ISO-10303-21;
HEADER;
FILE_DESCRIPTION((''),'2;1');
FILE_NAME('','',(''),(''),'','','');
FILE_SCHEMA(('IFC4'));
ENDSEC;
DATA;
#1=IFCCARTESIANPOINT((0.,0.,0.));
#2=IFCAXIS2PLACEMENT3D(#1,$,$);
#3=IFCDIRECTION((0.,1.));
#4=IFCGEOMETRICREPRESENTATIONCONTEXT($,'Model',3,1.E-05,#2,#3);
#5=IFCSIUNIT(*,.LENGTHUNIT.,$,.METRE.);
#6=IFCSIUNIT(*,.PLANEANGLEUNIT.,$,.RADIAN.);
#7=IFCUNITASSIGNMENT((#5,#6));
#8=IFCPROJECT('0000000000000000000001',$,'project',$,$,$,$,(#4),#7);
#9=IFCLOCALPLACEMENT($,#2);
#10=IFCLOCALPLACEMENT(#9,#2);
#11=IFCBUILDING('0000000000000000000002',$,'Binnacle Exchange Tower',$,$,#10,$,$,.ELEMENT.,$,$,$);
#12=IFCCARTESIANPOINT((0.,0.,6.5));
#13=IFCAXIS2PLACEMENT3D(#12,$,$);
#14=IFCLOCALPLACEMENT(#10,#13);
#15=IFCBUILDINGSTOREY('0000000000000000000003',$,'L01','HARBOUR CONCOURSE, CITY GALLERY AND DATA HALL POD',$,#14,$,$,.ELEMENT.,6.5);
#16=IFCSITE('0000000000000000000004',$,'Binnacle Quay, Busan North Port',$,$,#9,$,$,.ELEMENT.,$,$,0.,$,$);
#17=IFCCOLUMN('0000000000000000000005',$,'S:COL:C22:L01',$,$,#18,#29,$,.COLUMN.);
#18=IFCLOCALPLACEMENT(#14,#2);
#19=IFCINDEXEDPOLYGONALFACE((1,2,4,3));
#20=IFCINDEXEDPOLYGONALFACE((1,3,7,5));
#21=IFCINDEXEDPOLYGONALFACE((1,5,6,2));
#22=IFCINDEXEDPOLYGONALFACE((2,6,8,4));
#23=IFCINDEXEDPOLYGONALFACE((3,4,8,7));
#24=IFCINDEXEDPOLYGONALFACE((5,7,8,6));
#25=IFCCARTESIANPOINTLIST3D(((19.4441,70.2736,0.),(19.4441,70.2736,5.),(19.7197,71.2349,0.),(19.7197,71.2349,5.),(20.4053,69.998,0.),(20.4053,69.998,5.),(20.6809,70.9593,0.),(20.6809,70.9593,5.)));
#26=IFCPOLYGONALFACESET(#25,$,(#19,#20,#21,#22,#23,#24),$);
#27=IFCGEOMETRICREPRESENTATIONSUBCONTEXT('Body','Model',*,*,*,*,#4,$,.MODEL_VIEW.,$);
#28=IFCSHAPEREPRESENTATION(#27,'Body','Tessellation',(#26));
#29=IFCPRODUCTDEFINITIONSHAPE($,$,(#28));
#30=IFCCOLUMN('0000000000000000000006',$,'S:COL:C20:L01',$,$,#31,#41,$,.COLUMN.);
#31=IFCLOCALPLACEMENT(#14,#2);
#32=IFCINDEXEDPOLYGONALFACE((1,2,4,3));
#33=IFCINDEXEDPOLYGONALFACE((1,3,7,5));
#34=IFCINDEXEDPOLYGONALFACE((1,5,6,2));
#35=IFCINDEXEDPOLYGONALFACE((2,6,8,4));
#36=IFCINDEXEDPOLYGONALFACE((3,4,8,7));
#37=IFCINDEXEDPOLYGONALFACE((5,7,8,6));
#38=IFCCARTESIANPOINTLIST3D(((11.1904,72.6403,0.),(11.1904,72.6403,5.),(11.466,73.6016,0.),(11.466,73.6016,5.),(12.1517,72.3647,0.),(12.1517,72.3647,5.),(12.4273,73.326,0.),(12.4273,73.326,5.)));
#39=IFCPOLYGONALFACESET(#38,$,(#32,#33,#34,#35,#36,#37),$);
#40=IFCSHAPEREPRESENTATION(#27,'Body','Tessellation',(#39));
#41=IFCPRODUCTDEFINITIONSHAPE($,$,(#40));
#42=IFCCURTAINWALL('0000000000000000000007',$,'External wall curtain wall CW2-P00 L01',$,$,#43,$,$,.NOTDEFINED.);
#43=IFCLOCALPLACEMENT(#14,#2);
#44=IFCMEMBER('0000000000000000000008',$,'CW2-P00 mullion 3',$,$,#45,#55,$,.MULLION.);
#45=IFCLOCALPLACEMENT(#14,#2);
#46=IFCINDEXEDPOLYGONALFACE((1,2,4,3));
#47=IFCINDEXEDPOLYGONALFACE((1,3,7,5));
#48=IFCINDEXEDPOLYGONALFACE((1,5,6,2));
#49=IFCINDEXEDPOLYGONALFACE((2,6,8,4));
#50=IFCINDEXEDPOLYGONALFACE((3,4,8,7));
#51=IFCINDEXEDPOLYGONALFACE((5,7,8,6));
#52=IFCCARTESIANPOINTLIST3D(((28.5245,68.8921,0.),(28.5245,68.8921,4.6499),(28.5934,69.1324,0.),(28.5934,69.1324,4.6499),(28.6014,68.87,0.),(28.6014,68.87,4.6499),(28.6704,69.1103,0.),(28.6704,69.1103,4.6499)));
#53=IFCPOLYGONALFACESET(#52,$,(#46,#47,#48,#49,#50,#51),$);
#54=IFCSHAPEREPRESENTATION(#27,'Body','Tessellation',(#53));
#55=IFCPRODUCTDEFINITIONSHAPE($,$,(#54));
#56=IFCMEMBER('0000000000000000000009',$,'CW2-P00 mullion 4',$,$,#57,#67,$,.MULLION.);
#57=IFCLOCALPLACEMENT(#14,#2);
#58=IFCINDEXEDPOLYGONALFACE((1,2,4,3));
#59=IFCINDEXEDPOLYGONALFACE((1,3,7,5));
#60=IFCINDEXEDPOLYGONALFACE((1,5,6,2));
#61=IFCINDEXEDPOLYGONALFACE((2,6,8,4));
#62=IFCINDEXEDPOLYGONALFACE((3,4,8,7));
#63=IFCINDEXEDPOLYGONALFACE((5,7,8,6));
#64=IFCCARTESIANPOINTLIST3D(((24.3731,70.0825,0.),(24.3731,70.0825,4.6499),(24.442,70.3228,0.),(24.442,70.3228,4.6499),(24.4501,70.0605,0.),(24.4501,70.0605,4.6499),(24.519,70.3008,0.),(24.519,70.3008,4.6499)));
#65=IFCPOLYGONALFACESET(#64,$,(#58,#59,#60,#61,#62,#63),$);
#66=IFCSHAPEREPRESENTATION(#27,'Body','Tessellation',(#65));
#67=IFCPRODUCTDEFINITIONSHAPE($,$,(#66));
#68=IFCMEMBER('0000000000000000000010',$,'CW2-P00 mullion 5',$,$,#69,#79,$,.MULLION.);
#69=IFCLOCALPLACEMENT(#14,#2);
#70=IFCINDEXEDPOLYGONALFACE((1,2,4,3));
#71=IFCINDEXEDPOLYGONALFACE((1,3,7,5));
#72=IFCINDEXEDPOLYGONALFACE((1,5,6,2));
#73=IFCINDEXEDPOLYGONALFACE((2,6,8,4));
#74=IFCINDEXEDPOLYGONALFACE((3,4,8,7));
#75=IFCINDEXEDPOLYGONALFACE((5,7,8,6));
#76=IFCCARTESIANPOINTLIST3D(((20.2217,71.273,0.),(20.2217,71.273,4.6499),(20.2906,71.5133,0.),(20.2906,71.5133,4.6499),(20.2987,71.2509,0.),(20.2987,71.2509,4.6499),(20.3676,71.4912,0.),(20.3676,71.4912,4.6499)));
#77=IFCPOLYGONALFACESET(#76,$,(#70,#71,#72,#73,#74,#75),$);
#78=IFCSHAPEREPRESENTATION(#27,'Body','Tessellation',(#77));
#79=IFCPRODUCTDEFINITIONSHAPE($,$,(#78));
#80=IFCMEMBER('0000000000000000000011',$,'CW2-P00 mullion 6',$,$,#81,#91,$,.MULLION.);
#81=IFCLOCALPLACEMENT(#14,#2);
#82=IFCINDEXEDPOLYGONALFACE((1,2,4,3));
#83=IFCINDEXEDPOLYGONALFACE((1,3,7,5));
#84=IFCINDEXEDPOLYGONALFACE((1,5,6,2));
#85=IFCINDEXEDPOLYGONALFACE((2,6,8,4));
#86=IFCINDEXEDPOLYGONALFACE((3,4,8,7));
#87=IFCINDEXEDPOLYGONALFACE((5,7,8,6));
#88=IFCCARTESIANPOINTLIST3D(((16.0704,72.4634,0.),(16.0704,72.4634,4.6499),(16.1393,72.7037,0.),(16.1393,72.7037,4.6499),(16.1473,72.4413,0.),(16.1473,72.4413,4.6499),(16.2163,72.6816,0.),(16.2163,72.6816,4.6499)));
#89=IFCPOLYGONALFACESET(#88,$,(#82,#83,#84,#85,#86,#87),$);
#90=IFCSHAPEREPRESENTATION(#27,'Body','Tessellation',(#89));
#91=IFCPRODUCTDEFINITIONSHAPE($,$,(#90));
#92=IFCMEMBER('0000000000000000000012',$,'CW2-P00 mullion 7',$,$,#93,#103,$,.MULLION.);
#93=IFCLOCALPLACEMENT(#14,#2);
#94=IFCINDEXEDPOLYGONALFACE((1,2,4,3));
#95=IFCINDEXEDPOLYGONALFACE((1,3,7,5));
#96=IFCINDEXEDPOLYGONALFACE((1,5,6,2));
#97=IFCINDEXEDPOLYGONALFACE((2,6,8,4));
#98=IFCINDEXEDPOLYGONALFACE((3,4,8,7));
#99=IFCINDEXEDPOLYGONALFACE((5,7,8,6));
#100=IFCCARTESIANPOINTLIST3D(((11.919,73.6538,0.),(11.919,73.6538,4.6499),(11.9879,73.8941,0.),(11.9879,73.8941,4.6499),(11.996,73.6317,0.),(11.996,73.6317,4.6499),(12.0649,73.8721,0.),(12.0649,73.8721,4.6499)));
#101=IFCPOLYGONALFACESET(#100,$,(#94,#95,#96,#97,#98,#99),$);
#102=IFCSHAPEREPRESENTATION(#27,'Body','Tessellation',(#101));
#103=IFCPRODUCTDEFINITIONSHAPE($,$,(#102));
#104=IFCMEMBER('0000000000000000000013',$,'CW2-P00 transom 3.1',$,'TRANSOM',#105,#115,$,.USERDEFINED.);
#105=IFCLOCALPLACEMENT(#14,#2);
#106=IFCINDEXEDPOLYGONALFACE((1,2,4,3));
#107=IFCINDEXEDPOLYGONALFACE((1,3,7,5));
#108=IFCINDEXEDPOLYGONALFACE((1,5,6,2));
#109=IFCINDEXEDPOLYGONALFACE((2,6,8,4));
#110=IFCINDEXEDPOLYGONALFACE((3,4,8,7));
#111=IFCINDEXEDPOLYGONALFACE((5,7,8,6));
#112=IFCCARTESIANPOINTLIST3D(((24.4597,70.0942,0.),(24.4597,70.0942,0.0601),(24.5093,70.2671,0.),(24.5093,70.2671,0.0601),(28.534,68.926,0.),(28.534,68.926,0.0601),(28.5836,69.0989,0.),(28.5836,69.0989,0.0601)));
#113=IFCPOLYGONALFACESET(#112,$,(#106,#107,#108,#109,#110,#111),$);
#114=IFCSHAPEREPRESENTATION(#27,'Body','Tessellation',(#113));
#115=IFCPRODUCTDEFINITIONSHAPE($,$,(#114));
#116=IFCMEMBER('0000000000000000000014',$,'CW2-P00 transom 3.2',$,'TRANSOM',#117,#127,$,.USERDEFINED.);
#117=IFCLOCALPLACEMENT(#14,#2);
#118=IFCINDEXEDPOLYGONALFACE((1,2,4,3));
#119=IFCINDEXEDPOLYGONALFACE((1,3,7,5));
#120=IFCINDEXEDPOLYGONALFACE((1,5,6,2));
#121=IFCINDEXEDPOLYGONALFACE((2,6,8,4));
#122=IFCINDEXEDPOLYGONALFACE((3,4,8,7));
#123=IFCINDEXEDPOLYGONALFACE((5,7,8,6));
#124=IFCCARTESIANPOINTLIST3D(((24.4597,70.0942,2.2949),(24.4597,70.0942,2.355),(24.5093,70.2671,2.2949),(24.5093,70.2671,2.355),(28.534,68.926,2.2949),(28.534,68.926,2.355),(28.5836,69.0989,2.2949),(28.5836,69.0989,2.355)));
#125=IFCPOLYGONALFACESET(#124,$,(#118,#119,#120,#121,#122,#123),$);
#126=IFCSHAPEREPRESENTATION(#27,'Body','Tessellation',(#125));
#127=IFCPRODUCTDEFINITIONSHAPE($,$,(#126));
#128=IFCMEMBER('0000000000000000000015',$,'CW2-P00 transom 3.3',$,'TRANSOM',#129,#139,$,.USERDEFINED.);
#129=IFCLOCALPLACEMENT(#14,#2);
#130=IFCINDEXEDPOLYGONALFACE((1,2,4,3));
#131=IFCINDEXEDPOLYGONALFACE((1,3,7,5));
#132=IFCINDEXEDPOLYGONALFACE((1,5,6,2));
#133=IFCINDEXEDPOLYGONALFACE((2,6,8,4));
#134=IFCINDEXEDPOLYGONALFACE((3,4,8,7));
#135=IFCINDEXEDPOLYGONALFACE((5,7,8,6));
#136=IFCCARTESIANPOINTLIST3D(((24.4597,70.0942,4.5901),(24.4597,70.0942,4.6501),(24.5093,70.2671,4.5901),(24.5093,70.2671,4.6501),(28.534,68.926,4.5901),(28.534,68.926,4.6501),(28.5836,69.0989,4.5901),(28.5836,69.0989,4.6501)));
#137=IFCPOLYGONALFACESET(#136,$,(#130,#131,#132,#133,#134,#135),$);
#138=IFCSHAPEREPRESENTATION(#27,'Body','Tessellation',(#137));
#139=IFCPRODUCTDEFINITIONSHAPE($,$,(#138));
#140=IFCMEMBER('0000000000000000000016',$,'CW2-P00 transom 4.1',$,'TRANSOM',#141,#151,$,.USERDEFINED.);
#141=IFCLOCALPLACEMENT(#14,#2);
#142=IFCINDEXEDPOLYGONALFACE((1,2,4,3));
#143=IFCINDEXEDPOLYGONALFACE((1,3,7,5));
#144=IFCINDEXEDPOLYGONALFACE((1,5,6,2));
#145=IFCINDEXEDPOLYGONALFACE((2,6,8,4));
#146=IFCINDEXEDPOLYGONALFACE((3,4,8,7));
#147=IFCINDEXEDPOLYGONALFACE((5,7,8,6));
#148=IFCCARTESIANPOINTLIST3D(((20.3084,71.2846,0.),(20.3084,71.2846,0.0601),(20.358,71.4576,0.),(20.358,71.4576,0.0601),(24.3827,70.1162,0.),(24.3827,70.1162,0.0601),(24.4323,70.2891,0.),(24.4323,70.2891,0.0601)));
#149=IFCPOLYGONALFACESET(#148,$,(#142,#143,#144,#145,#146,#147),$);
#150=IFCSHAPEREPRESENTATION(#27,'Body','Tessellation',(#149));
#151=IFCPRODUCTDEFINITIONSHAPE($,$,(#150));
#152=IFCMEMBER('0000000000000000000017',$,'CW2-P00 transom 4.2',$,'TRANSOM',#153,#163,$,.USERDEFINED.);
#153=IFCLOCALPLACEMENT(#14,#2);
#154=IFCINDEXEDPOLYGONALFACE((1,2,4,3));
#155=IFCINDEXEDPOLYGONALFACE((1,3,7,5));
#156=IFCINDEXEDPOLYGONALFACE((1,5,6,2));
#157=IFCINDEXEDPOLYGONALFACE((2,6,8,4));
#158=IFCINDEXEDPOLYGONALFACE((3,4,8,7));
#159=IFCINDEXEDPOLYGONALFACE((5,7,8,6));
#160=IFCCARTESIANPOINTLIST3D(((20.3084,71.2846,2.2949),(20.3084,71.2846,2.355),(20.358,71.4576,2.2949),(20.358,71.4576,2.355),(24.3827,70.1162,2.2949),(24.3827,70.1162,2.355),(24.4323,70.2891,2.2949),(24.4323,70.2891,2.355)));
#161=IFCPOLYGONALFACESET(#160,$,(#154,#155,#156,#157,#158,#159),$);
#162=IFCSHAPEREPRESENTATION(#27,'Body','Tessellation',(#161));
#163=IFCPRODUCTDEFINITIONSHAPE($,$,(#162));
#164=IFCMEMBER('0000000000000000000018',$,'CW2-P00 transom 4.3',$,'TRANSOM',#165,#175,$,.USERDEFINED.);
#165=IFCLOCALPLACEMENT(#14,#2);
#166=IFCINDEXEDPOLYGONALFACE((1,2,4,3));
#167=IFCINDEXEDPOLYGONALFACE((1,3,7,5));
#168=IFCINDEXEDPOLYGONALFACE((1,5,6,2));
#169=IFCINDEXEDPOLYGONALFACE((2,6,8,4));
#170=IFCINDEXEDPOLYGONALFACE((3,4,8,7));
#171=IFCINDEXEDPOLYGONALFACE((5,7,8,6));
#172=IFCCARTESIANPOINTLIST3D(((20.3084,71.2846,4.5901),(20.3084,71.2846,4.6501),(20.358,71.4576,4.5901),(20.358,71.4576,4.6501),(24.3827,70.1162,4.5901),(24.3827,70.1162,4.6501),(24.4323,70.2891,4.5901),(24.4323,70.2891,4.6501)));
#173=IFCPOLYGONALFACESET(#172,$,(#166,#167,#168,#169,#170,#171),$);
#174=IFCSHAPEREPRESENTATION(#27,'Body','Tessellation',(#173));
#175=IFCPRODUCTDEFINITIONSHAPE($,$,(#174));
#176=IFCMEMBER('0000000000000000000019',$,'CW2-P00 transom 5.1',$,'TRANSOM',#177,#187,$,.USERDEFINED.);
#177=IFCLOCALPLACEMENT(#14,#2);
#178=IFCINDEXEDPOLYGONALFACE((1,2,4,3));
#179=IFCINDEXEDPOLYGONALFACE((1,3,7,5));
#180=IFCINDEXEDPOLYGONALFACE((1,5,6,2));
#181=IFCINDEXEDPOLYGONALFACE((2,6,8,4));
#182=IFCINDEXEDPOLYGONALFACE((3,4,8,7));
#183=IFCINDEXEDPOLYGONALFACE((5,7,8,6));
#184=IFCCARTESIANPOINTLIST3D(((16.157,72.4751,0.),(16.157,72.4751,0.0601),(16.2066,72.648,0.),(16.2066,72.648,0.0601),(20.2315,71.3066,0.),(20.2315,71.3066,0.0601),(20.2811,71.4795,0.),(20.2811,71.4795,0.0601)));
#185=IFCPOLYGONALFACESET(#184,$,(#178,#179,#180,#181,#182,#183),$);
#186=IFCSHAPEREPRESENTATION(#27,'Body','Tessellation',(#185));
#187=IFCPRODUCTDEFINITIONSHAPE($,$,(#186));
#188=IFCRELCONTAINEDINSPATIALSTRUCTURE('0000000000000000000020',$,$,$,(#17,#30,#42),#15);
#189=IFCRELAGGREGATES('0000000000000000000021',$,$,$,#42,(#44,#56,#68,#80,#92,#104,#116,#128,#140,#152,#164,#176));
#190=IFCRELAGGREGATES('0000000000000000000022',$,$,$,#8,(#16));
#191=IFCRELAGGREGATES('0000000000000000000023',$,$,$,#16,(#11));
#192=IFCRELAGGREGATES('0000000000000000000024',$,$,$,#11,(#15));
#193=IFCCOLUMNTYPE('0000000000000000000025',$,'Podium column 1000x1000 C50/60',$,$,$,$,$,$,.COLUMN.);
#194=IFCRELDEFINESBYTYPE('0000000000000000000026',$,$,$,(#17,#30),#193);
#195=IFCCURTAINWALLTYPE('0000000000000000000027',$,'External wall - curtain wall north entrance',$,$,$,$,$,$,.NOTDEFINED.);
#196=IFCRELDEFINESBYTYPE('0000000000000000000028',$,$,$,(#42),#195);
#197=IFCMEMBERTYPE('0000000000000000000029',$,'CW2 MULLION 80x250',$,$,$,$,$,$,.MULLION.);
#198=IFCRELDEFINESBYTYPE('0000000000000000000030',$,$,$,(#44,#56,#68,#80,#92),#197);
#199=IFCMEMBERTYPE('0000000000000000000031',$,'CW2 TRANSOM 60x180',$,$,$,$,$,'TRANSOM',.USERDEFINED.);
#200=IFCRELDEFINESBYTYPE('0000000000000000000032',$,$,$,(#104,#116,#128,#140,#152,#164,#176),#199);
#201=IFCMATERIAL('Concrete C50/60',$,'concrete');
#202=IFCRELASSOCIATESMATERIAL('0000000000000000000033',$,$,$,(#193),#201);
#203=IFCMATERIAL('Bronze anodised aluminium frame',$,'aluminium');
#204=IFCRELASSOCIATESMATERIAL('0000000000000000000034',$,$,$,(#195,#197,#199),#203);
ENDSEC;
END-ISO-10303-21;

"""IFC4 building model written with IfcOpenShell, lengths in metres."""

from ifc_helpers import new_model, si_unit, direction, frame, origin, origin_2d, place, context, subcontext, project, spatial, rectangle, extrude, material, material_profile, profile_set, type_object, element, aggregate, save


model = new_model("IFC4")

# Units and contexts
model_context = context("Model", 3, precision=1e-05, world=origin(), true_north=direction((0.0, 1.0)))
body_context = subcontext(model_context, "Body", "Model", "MODEL_VIEW")
ifc_project = project(units=[si_unit("LENGTHUNIT", "METRE"), si_unit("PLANEANGLEUNIT", "RADIAN")], contexts=[model_context])

# Site, building, storey
site_placement = place(None, origin())
site = spatial("IfcSite", under=ifc_project, at=site_placement, Name="Binnacle Quay, Busan North Port", CompositionType="ELEMENT", RefElevation=0.0)
building_placement = place(site_placement, origin())
building = spatial("IfcBuilding", under=site, at=building_placement, Name="Binnacle Exchange Tower", CompositionType="ELEMENT")
storey_placement = place(building_placement, frame((0.0, 0.0, 6.5)))
storey = spatial("IfcBuildingStorey", under=building, at=storey_placement, Name="L01", Description="HARBOUR CONCOURSE, CITY GALLERY AND DATA HALL POD", CompositionType="ELEMENT", Elevation=6.5)

# Columns
ifc_material_1 = material(Name="Concrete C50/60", Category="concrete")
ifc_material_profile_1 = material_profile(ifc_material_1, rectangle(XDim=1.0, YDim=1.0, at=origin_2d()), Name="Podium column 1000x1000 C50/60")
ifc_profile_set_1 = profile_set([ifc_material_profile_1], Name="Concrete C50/60")
column_type = type_object("IfcColumnType", Name="Podium column 1000x1000 C50/60", PredefinedType="COLUMN", material=ifc_profile_set_1)
for number, where, z_axis, x_axis, name in (
    (1, (20.0625, 70.6165, 0.0), (0.0, 0.0, 1.0), (-0.961262, 0.275637, 0.0), "S:COL:C22:L01"),
    (2, (11.8088, 72.9832, 0.0), (0.0, 0.0, 1.0), (-0.961262, 0.275637, 0.0), "S:COL:C20:L01"),
):
    element("IfcColumn", number, at=place(storey_placement, frame(where, z_axis=z_axis, x_axis=x_axis)), inside=storey, type_object=column_type, Name=name, PredefinedType="COLUMN", context=body_context, shape_type="SweptSolid", body=[
        extrude(rectangle(XDim=1.0, YDim=1.0, at=origin_2d()), origin(), (0.0, 0.0, 1.0), 5.0),
    ])

# Curtain wall, members
ifc_material_2 = material(Name="Bronze anodised aluminium frame", Category="aluminium")
curtain_wall_type = type_object("IfcCurtainWallType", Name="External wall - curtain wall north entrance", PredefinedType="NOTDEFINED", material=ifc_material_2)
curtain_wall_placement = place(storey_placement, origin())
curtain_wall = element("IfcCurtainWall", 3, at=curtain_wall_placement, inside=storey, type_object=curtain_wall_type, Name="External wall curtain wall CW2-P00 L01", PredefinedType="NOTDEFINED")
ifc_material_profile_2 = material_profile(ifc_material_2, rectangle(XDim=0.25, YDim=0.0801, at=origin_2d()), Name="AL 80x250")
ifc_profile_set_2 = profile_set([ifc_material_profile_2], Name="Bronze anodised aluminium frame")
member_type_1 = type_object("IfcMemberType", Name="CW2 MULLION 80x250", PredefinedType="MULLION", material=ifc_profile_set_2)
member_1_placement = place(storey_placement, frame((28.5974, 69.0012, 0.0), z_axis=(0.0, 0.0, 1.0), x_axis=(-0.275637, -0.961262, 0.0)))
member_1 = element("IfcMember", 4, at=member_1_placement, type_object=member_type_1, Name="CW2-P00 mullion 3", PredefinedType="MULLION", context=body_context, shape_type="SweptSolid", body=[
    extrude(rectangle(XDim=0.25, YDim=0.0801, at=origin_2d()), origin(), (0.0, 0.0, 1.0), 4.6499),
])
member_2_placement = place(storey_placement, frame((24.446, 70.1917, 0.0), z_axis=(0.0, 0.0, 1.0), x_axis=(-0.275637, -0.961262, 0.0)))
member_2 = element("IfcMember", 5, at=member_2_placement, type_object=member_type_1, Name="CW2-P00 mullion 4", PredefinedType="MULLION", context=body_context, shape_type="SweptSolid", body=[
    extrude(rectangle(XDim=0.25, YDim=0.0801, at=origin_2d()), origin(), (0.0, 0.0, 1.0), 4.6499),
])
member_3_placement = place(storey_placement, frame((20.2947, 71.3821, 0.0), z_axis=(0.0, 0.0, 1.0), x_axis=(-0.275637, -0.961262, 0.0)))
member_3 = element("IfcMember", 6, at=member_3_placement, type_object=member_type_1, Name="CW2-P00 mullion 5", PredefinedType="MULLION", context=body_context, shape_type="SweptSolid", body=[
    extrude(rectangle(XDim=0.25, YDim=0.0801, at=origin_2d()), origin(), (0.0, 0.0, 1.0), 4.6499),
])
member_4_placement = place(storey_placement, frame((16.1433, 72.5725, 0.0), z_axis=(0.0, 0.0, 1.0), x_axis=(-0.275637, -0.961262, 0.0)))
member_4 = element("IfcMember", 7, at=member_4_placement, type_object=member_type_1, Name="CW2-P00 mullion 6", PredefinedType="MULLION", context=body_context, shape_type="SweptSolid", body=[
    extrude(rectangle(XDim=0.25, YDim=0.0801, at=origin_2d()), origin(), (0.0, 0.0, 1.0), 4.6499),
])
member_5_placement = place(storey_placement, frame((11.9919, 73.7629, 0.0), z_axis=(0.0, 0.0, 1.0), x_axis=(-0.275637, -0.961262, 0.0)))
member_5 = element("IfcMember", 8, at=member_5_placement, type_object=member_type_1, Name="CW2-P00 mullion 7", PredefinedType="MULLION", context=body_context, shape_type="SweptSolid", body=[
    extrude(rectangle(XDim=0.25, YDim=0.0801, at=origin_2d()), origin(), (0.0, 0.0, 1.0), 4.6499),
])
ifc_material_profile_3 = material_profile(ifc_material_2, rectangle(XDim=0.1799, YDim=0.0601, at=origin_2d()), Name="AL 180x60")
ifc_profile_set_3 = profile_set([ifc_material_profile_3], Name="Bronze anodised aluminium frame")
member_type_2 = type_object("IfcMemberType", Name="CW2 TRANSOM 60x180", ElementType="TRANSOM", PredefinedType="USERDEFINED", material=ifc_profile_set_3)
member_6_placement = place(storey_placement, frame((28.5588, 69.0125, 0.03), z_axis=(-0.961269, 0.275611, 0.0), x_axis=(-0.275611, -0.961269, 0.0)))
member_6 = element("IfcMember", 9, at=member_6_placement, type_object=member_type_2, Name="CW2-P00 transom 3.1", ObjectType="TRANSOM", PredefinedType="USERDEFINED", context=body_context, shape_type="SweptSolid", body=[
    extrude(rectangle(XDim=0.1799, YDim=0.0601, at=origin_2d()), origin(), (0.0, 0.0, 1.0), 4.2385),
])
member_7_placement = place(storey_placement, frame((28.5588, 69.0125, 2.325), z_axis=(-0.961269, 0.275611, 0.0), x_axis=(-0.275611, -0.961269, 0.0)))
member_7 = element("IfcMember", 10, at=member_7_placement, type_object=member_type_2, Name="CW2-P00 transom 3.2", ObjectType="TRANSOM", PredefinedType="USERDEFINED", context=body_context, shape_type="SweptSolid", body=[
    extrude(rectangle(XDim=0.1799, YDim=0.0601, at=origin_2d()), origin(), (0.0, 0.0, 1.0), 4.2385),
])
member_8_placement = place(storey_placement, frame((28.5588, 69.0125, 4.6201), z_axis=(-0.961269, 0.275611, 0.0), x_axis=(-0.275611, -0.961269, 0.0)))
member_8 = element("IfcMember", 11, at=member_8_placement, type_object=member_type_2, Name="CW2-P00 transom 3.3", ObjectType="TRANSOM", PredefinedType="USERDEFINED", context=body_context, shape_type="SweptSolid", body=[
    extrude(rectangle(XDim=0.1799, YDim=0.0601, at=origin_2d()), origin(), (0.0, 0.0, 1.0), 4.2385),
])
member_9_placement = place(storey_placement, frame((24.4075, 70.2026, 0.03), z_axis=(-0.96125, 0.27568, 0.0), x_axis=(-0.27568, -0.96125, 0.0)))
member_9 = element("IfcMember", 12, at=member_9_placement, type_object=member_type_2, Name="CW2-P00 transom 4.1", ObjectType="TRANSOM", PredefinedType="USERDEFINED", context=body_context, shape_type="SweptSolid", body=[
    extrude(rectangle(XDim=0.1799, YDim=0.0601, at=origin_2d()), origin(), (0.0, 0.0, 1.0), 4.2385),
])
member_10_placement = place(storey_placement, frame((24.4075, 70.2026, 2.325), z_axis=(-0.96125, 0.27568, 0.0), x_axis=(-0.27568, -0.96125, 0.0)))
member_10 = element("IfcMember", 13, at=member_10_placement, type_object=member_type_2, Name="CW2-P00 transom 4.2", ObjectType="TRANSOM", PredefinedType="USERDEFINED", context=body_context, shape_type="SweptSolid", body=[
    extrude(rectangle(XDim=0.1799, YDim=0.0601, at=origin_2d()), origin(), (0.0, 0.0, 1.0), 4.2385),
])
member_11_placement = place(storey_placement, frame((24.4075, 70.2026, 4.6201), z_axis=(-0.96125, 0.27568, 0.0), x_axis=(-0.27568, -0.96125, 0.0)))
member_11 = element("IfcMember", 14, at=member_11_placement, type_object=member_type_2, Name="CW2-P00 transom 4.3", ObjectType="TRANSOM", PredefinedType="USERDEFINED", context=body_context, shape_type="SweptSolid", body=[
    extrude(rectangle(XDim=0.1799, YDim=0.0601, at=origin_2d()), origin(), (0.0, 0.0, 1.0), 4.2385),
])
member_12_placement = place(storey_placement, frame((20.2563, 71.3931, 0.03), z_axis=(-0.961254, 0.275664, 0.0), x_axis=(-0.275664, -0.961254, 0.0)))
member_12 = element("IfcMember", 15, at=member_12_placement, type_object=member_type_2, Name="CW2-P00 transom 5.1", ObjectType="TRANSOM", PredefinedType="USERDEFINED", context=body_context, shape_type="SweptSolid", body=[
    extrude(rectangle(XDim=0.1799, YDim=0.0601, at=origin_2d()), origin(), (0.0, 0.0, 1.0), 4.2388),
])

aggregate(curtain_wall, [member_1, member_2, member_3, member_4, member_5, member_6, member_7, member_8, member_9, member_10, member_11, member_12])

save(model, "model.ifc")
